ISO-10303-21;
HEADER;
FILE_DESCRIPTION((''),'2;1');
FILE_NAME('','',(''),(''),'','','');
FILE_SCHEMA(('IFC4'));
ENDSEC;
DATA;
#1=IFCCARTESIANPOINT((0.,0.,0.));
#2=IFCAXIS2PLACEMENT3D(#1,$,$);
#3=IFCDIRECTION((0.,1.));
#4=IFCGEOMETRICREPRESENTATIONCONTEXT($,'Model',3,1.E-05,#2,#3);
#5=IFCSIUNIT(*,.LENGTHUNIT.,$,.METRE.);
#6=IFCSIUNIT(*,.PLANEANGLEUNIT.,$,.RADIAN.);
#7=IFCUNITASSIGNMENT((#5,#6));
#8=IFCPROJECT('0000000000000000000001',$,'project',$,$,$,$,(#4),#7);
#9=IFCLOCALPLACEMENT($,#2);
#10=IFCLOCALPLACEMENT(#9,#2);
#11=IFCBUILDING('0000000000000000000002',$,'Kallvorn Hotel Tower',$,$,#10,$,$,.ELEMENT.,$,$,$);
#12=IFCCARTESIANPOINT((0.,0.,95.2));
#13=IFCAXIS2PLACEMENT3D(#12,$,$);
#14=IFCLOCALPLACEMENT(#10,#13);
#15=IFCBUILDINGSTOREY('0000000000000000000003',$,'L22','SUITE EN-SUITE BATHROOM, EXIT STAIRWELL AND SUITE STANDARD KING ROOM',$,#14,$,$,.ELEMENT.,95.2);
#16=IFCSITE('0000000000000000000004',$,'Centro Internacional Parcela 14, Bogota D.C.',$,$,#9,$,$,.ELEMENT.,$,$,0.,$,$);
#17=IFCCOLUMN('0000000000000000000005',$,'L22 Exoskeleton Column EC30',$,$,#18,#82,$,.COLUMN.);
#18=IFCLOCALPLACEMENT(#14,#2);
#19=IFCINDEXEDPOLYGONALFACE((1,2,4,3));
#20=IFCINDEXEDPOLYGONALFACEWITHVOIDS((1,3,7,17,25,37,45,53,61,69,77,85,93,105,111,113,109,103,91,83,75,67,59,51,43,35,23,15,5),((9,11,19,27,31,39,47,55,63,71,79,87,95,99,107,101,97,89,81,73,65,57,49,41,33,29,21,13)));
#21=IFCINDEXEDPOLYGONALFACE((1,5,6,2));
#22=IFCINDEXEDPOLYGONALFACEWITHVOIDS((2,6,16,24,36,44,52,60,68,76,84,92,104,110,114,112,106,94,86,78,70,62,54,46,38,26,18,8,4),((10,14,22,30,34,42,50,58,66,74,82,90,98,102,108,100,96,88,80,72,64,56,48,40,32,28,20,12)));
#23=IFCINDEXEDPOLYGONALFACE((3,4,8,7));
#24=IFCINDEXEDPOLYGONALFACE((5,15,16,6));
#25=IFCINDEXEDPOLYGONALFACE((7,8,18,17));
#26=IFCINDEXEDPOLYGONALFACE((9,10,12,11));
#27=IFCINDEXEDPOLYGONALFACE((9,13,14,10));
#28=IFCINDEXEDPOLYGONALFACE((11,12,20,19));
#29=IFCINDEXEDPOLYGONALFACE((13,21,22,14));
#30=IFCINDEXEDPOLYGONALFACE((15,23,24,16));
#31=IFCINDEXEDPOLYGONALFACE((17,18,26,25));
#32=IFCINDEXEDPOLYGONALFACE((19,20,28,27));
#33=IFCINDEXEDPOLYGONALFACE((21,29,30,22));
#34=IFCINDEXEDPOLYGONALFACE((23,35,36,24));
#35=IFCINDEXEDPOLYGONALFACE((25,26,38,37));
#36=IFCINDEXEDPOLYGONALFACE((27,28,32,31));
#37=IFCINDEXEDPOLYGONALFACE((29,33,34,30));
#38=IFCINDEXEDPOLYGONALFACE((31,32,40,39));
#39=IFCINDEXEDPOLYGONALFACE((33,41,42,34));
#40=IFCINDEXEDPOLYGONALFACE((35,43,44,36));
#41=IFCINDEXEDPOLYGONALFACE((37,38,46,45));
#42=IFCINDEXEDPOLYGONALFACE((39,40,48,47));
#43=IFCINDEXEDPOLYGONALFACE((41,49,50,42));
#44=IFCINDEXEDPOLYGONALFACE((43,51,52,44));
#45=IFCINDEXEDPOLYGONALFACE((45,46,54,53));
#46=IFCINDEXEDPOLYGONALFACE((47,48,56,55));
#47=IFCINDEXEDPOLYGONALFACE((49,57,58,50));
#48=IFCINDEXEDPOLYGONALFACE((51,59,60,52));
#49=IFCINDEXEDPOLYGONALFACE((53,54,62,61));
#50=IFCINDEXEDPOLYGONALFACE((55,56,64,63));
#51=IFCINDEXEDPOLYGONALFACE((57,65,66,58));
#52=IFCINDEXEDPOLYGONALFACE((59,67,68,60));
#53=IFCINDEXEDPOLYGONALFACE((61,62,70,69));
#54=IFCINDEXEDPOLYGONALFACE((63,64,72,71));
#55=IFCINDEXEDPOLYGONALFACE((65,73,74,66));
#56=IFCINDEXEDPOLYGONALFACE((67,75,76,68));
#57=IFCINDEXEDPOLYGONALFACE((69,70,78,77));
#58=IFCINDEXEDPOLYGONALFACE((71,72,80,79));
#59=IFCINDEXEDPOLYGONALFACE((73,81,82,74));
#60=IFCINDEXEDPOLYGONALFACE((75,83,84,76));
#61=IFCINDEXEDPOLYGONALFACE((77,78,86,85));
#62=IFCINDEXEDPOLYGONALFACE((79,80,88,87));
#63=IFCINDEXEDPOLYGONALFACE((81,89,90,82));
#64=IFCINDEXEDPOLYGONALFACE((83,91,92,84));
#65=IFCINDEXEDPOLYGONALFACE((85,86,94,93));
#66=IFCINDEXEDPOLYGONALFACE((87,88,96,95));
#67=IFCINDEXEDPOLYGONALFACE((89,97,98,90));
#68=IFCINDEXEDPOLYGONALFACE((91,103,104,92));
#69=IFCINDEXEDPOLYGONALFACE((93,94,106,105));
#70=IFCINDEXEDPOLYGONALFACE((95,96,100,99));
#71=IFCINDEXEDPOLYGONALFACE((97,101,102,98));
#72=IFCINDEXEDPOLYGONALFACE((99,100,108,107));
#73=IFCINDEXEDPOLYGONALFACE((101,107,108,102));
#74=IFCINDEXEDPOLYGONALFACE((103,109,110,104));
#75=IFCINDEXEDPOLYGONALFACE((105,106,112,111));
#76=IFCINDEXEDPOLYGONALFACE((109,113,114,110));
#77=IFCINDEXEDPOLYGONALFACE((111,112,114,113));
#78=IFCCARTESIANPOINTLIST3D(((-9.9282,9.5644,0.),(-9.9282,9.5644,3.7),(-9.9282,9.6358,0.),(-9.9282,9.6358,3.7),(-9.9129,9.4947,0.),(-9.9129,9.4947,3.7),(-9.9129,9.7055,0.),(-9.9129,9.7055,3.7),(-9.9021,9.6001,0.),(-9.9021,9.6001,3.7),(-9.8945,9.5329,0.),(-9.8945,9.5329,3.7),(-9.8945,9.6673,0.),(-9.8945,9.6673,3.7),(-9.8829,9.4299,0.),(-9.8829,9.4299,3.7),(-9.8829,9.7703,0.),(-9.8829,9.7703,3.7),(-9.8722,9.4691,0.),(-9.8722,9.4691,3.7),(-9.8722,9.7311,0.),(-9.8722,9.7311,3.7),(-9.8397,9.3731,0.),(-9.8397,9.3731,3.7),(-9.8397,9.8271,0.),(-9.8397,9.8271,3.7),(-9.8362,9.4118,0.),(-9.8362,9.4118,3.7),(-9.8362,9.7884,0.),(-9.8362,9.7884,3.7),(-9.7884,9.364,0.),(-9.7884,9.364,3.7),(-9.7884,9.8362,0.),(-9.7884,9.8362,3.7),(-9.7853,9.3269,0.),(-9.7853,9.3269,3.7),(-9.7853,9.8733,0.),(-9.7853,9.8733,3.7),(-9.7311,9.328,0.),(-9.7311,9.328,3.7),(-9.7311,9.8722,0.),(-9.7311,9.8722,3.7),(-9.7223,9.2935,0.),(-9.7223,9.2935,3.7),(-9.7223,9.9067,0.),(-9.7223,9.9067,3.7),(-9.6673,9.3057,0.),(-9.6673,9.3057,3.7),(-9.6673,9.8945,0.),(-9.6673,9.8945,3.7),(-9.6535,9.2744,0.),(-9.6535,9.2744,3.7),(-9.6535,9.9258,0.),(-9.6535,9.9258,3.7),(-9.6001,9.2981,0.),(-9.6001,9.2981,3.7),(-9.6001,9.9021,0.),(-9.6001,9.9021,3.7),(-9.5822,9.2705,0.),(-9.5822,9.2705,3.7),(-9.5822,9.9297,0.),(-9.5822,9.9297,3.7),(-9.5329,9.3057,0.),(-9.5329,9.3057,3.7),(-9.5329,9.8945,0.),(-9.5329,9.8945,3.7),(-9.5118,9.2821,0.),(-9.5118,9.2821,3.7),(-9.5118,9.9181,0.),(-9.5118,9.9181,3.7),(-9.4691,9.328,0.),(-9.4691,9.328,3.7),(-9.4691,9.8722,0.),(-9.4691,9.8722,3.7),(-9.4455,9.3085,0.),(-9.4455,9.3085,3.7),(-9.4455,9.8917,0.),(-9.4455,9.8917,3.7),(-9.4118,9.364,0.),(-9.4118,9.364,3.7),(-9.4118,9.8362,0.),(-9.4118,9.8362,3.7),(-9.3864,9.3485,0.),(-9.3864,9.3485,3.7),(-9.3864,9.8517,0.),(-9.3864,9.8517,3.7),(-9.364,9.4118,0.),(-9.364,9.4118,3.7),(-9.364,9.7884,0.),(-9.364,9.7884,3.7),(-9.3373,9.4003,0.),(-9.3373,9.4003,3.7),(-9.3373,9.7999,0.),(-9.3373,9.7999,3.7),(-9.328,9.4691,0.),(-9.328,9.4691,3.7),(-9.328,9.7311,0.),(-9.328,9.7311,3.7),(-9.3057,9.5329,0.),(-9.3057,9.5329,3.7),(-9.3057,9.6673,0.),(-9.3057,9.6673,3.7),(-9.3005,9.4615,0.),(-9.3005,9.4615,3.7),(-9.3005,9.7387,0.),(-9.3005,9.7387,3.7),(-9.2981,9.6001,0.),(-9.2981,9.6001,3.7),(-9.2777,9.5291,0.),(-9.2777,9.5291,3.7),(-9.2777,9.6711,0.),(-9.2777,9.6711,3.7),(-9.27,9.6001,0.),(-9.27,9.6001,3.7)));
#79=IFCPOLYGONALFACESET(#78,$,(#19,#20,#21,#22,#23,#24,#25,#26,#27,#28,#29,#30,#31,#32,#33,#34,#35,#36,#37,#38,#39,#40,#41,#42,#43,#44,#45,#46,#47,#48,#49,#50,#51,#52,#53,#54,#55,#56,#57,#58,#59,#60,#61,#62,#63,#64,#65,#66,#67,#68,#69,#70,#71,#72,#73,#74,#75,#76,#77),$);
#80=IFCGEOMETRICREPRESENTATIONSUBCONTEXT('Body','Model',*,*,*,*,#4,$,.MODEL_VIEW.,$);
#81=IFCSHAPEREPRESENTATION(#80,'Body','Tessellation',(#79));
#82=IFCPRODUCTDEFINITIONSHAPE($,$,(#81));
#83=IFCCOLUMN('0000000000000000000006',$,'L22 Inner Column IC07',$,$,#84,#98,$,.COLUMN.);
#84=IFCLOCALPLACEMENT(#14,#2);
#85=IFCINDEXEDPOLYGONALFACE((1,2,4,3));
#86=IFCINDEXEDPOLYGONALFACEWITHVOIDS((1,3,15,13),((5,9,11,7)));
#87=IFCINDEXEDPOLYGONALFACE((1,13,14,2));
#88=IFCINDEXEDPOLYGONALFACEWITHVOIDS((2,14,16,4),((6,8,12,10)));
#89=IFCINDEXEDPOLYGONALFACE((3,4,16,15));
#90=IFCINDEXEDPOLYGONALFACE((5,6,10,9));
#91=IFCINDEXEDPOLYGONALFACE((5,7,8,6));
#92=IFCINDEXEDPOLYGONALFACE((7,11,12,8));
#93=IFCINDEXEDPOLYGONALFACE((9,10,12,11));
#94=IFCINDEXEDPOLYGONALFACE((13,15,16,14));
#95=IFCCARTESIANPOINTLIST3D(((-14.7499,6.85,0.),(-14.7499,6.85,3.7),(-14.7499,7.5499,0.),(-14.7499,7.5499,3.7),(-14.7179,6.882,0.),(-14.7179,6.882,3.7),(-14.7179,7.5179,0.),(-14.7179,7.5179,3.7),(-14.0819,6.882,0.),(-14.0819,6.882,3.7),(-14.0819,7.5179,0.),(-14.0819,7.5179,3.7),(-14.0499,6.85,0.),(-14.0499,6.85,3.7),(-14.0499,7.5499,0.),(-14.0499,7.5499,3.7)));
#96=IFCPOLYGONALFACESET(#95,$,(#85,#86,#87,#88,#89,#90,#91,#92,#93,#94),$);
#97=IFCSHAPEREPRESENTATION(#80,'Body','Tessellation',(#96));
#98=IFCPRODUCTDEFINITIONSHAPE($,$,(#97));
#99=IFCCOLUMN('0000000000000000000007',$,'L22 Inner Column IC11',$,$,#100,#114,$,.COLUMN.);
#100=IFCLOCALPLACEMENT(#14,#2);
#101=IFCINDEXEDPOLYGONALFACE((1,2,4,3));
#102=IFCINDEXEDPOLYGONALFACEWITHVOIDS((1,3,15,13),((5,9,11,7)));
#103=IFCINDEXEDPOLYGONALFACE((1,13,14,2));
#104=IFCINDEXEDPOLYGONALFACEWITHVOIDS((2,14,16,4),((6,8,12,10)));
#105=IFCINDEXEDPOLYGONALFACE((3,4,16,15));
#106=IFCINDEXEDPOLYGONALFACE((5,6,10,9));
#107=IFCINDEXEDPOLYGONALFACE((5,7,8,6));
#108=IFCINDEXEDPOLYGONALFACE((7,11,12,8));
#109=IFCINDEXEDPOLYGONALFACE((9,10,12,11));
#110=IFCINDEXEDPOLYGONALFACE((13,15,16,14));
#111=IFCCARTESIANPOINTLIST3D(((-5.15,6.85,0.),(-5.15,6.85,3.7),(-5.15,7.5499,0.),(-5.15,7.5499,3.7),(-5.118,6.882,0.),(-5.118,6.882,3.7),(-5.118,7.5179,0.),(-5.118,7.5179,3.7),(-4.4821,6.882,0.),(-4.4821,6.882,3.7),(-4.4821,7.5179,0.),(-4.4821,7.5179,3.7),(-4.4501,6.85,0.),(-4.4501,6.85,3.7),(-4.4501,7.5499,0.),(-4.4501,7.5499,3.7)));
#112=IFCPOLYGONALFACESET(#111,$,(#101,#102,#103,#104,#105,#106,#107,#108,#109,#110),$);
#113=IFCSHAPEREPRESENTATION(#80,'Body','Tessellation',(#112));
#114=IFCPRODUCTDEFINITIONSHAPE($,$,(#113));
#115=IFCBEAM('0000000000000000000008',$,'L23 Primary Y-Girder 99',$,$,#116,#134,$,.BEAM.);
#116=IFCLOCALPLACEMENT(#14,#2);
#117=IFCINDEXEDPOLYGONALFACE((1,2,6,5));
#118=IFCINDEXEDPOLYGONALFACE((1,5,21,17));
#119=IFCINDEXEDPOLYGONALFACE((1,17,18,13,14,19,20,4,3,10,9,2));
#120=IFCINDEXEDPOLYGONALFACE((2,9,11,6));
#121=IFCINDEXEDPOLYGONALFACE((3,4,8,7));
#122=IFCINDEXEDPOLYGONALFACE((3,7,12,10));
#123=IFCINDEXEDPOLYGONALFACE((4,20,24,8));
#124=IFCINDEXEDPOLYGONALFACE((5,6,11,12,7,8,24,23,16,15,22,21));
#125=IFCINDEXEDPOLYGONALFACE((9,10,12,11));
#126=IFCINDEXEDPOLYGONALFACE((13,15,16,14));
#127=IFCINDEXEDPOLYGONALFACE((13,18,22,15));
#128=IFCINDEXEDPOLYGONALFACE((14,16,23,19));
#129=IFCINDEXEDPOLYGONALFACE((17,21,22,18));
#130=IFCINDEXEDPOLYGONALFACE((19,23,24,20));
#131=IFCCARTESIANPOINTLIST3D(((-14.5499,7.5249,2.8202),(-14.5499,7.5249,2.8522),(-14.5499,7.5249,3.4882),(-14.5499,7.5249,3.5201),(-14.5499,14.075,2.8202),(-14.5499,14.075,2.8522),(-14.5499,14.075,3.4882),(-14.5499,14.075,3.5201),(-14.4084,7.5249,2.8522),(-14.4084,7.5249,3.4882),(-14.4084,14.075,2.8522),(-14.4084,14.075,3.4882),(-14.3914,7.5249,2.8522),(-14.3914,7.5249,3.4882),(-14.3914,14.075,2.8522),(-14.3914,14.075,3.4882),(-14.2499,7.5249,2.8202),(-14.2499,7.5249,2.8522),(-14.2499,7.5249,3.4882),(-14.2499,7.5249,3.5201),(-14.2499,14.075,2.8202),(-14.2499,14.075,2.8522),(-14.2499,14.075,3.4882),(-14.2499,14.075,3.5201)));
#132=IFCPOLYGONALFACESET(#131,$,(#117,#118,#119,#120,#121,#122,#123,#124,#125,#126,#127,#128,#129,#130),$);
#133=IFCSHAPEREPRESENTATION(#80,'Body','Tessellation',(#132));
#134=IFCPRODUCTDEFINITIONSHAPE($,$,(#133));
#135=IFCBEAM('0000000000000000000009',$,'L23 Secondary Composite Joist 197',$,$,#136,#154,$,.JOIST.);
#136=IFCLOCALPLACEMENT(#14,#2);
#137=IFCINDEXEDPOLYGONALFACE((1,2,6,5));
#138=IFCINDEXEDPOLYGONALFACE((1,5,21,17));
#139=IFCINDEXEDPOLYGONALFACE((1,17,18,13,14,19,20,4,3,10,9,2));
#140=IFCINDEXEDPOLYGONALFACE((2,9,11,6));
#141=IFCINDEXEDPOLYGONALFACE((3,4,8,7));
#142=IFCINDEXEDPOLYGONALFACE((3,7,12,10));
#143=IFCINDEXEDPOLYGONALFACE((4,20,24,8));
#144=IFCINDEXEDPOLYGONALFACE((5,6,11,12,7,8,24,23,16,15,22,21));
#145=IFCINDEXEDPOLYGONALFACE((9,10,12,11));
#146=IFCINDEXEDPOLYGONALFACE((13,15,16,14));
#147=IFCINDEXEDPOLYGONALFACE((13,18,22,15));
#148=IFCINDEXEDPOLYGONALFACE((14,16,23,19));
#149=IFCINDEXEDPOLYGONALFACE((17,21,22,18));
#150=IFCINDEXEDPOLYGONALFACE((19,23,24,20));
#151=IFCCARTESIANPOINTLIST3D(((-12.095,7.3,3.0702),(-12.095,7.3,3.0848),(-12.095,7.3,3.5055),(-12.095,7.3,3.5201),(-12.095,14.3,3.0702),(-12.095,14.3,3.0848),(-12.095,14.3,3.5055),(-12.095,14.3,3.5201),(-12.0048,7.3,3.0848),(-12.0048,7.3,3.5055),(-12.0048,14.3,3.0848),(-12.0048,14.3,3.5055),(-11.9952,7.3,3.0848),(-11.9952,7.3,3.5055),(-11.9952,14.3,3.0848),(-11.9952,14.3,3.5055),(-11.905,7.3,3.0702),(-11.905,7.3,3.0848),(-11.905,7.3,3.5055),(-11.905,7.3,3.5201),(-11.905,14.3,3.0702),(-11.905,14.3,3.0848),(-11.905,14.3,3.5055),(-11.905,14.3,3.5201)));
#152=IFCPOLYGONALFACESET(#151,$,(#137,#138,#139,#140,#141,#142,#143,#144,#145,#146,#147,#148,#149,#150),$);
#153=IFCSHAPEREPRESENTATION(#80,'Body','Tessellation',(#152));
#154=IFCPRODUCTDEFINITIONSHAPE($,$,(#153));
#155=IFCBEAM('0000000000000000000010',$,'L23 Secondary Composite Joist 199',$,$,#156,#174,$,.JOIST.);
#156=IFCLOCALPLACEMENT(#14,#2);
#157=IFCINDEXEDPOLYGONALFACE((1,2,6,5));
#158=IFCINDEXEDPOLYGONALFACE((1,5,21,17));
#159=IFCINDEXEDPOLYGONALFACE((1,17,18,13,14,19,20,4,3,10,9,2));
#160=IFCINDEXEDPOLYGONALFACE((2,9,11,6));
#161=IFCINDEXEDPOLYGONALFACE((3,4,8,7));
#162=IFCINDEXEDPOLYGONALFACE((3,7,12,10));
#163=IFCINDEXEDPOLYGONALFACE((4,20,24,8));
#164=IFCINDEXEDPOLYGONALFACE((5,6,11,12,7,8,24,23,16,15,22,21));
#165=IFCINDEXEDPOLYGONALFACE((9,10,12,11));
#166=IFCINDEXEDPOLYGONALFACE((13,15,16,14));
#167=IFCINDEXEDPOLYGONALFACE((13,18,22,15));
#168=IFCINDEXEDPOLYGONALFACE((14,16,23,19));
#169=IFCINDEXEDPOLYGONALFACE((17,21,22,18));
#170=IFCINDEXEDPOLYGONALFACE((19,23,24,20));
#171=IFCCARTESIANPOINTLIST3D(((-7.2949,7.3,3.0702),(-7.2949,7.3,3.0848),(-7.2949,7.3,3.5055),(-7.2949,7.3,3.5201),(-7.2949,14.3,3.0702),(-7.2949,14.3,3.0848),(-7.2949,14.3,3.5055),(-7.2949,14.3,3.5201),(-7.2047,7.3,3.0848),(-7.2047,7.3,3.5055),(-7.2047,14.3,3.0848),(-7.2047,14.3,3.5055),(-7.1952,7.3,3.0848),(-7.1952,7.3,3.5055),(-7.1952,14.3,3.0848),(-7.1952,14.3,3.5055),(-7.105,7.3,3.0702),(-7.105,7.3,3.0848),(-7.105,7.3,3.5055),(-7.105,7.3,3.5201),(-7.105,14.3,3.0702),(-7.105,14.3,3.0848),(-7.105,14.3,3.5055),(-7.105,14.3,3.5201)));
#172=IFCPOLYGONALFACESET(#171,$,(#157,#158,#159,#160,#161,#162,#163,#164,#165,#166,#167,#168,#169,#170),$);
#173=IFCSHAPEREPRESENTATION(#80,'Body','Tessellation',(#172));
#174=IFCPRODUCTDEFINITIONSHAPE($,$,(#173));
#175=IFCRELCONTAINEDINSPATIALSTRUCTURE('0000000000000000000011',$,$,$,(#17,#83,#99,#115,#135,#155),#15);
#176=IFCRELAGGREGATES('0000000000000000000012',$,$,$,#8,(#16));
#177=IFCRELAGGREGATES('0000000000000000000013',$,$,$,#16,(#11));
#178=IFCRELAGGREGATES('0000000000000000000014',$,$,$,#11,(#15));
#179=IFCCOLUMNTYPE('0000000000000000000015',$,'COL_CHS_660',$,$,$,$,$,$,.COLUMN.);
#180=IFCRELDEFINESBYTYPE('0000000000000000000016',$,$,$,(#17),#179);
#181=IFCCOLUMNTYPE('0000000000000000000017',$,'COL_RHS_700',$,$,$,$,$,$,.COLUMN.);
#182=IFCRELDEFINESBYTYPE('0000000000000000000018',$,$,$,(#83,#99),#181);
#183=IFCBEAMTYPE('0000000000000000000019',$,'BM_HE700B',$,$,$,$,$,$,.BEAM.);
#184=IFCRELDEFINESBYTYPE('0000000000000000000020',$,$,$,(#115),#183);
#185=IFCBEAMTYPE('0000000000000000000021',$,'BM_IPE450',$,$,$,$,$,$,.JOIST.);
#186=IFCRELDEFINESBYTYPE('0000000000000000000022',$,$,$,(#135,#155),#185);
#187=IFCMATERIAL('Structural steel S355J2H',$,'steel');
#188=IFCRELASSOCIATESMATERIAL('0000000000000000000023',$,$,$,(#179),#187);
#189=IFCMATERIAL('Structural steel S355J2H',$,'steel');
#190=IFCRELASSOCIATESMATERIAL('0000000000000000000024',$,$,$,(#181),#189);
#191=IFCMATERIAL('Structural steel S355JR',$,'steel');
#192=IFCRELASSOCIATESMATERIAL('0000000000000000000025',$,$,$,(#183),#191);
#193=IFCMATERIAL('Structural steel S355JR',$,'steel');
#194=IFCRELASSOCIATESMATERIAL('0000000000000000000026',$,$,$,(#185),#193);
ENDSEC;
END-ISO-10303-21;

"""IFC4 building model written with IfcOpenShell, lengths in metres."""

from ifc_helpers import new_model, si_unit, direction, frame, origin, origin_2d, place, context, subcontext, project, spatial, hollow_rectangle, hollow_circle, i_section, extrude, material, material_profile, profile_set, type_object, element, save


model = new_model("IFC4")

# Units and contexts
model_context = context("Model", 3, precision=1e-05, world=origin(), true_north=direction((0.0, 1.0)))
body_context = subcontext(model_context, "Body", "Model", "MODEL_VIEW")
ifc_project = project(units=[si_unit("LENGTHUNIT", "METRE"), si_unit("PLANEANGLEUNIT", "RADIAN")], contexts=[model_context])

# Site, building, storey
site_placement = place(None, origin())
site = spatial("IfcSite", under=ifc_project, at=site_placement, Name="Centro Internacional Parcela 14, Bogota D.C.", CompositionType="ELEMENT", RefElevation=0.0)
building_placement = place(site_placement, origin())
building = spatial("IfcBuilding", under=site, at=building_placement, Name="Kallvorn Hotel Tower", CompositionType="ELEMENT")
storey_placement = place(building_placement, frame((0.0, 0.0, 95.2)))
storey = spatial("IfcBuildingStorey", under=building, at=storey_placement, Name="L22", Description="SUITE EN-SUITE BATHROOM, EXIT STAIRWELL AND SUITE STANDARD KING ROOM", CompositionType="ELEMENT", Elevation=95.2)

# Columns
ifc_material_1 = material(Name="Structural steel S355J2H", Category="steel")
ifc_material_profile_1 = material_profile(ifc_material_1, hollow_circle(Radius=0.3301, WallThickness=0.0281, at=origin_2d()), Name="CHS 660x28")
ifc_profile_set_1 = profile_set([ifc_material_profile_1], Name="Structural steel S355J2H")
column_type_1 = type_object("IfcColumnType", Name="COL_CHS_660", PredefinedType="COLUMN", material=ifc_profile_set_1)
column_placement = place(storey_placement, frame((-9.6001, 9.6001, 0.0), z_axis=(0.0, 0.0, 1.0), x_axis=(1.0, 0.0, 0.0)))
element("IfcColumn", 1, at=column_placement, inside=storey, type_object=column_type_1, Name="L22 Exoskeleton Column EC30", PredefinedType="COLUMN", context=body_context, shape_type="SweptSolid", body=[
    extrude(hollow_circle(Radius=0.3301, WallThickness=0.0281, at=origin_2d()), origin(), (0.0, 0.0, 1.0), 3.7),
])
ifc_material_2 = material(Name="Structural steel S355J2H", Category="steel")
ifc_material_profile_2 = material_profile(ifc_material_2, hollow_rectangle(XDim=0.7, YDim=0.7, WallThickness=0.032, at=origin_2d()), Name="RHS 700x700x32")
ifc_profile_set_2 = profile_set([ifc_material_profile_2], Name="Structural steel S355J2H")
column_type_2 = type_object("IfcColumnType", Name="COL_RHS_700", PredefinedType="COLUMN", material=ifc_profile_set_2)
for number, where, z_axis, x_axis, name in (
    (2, (-14.3999, 7.2, 0.0), (0.0, 0.0, 1.0), (1.0, 0.0, 0.0), "L22 Inner Column IC07"),
    (3, (-4.8, 7.2, 0.0), (0.0, 0.0, 1.0), (1.0, 0.0, 0.0), "L22 Inner Column IC11"),
):
    element("IfcColumn", number, at=place(storey_placement, frame(where, z_axis=z_axis, x_axis=x_axis)), inside=storey, type_object=column_type_2, Name=name, PredefinedType="COLUMN", context=body_context, shape_type="SweptSolid", body=[
        extrude(hollow_rectangle(XDim=0.7, YDim=0.7, WallThickness=0.032, at=origin_2d()), origin(), (0.0, 0.0, 1.0), 3.7),
    ])

# Beams
ifc_material_3 = material(Name="Structural steel S355JR", Category="steel")
ifc_material_profile_3 = material_profile(ifc_material_3, i_section(OverallWidth=0.3, OverallDepth=0.7, WebThickness=0.0171, FlangeThickness=0.032, at=origin_2d()), Name="HE 700 B")
ifc_profile_set_3 = profile_set([ifc_material_profile_3], Name="Structural steel S355JR")
beam_type_1 = type_object("IfcBeamType", Name="BM_HE700B", PredefinedType="BEAM", material=ifc_profile_set_3)
beam_1_placement = place(storey_placement, frame((-14.3999, 7.5249, 3.1702), z_axis=(0.0, 1.0, 0.0), x_axis=(-1.0, 0.0, 0.0)))
element("IfcBeam", 4, at=beam_1_placement, inside=storey, type_object=beam_type_1, Name="L23 Primary Y-Girder 99", PredefinedType="BEAM", context=body_context, shape_type="SweptSolid", body=[
    extrude(i_section(OverallWidth=0.3, OverallDepth=0.7, WebThickness=0.0171, FlangeThickness=0.032, at=origin_2d()), origin(), (0.0, 0.0, 1.0), 6.55),
])
ifc_material_4 = material(Name="Structural steel S355JR", Category="steel")
ifc_material_profile_4 = material_profile(ifc_material_4, i_section(OverallWidth=0.1899, OverallDepth=0.45, WebThickness=0.0095, FlangeThickness=0.0146, at=origin_2d()), Name="IPE 450")
ifc_profile_set_4 = profile_set([ifc_material_profile_4], Name="Structural steel S355JR")
beam_type_2 = type_object("IfcBeamType", Name="BM_IPE450", PredefinedType="JOIST", material=ifc_profile_set_4)
for number, where, z_axis, x_axis, name in (
    (5, (-12.0, 7.3, 3.2952), (0.0, 1.0, 0.0), (-1.0, 0.0, 0.0), "L23 Secondary Composite Joist 197"),
    (6, (-7.2, 7.3, 3.2952), (0.0, 1.0, 0.0), (-1.0, 0.0, 0.0), "L23 Secondary Composite Joist 199"),
):
    element("IfcBeam", number, at=place(storey_placement, frame(where, z_axis=z_axis, x_axis=x_axis)), inside=storey, type_object=beam_type_2, Name=name, PredefinedType="JOIST", context=body_context, shape_type="SweptSolid", body=[
        extrude(i_section(OverallWidth=0.1899, OverallDepth=0.45, WebThickness=0.0095, FlangeThickness=0.0146, at=origin_2d()), origin(), (0.0, 0.0, 1.0), 7.0),
    ])

save(model, "model.ifc")
